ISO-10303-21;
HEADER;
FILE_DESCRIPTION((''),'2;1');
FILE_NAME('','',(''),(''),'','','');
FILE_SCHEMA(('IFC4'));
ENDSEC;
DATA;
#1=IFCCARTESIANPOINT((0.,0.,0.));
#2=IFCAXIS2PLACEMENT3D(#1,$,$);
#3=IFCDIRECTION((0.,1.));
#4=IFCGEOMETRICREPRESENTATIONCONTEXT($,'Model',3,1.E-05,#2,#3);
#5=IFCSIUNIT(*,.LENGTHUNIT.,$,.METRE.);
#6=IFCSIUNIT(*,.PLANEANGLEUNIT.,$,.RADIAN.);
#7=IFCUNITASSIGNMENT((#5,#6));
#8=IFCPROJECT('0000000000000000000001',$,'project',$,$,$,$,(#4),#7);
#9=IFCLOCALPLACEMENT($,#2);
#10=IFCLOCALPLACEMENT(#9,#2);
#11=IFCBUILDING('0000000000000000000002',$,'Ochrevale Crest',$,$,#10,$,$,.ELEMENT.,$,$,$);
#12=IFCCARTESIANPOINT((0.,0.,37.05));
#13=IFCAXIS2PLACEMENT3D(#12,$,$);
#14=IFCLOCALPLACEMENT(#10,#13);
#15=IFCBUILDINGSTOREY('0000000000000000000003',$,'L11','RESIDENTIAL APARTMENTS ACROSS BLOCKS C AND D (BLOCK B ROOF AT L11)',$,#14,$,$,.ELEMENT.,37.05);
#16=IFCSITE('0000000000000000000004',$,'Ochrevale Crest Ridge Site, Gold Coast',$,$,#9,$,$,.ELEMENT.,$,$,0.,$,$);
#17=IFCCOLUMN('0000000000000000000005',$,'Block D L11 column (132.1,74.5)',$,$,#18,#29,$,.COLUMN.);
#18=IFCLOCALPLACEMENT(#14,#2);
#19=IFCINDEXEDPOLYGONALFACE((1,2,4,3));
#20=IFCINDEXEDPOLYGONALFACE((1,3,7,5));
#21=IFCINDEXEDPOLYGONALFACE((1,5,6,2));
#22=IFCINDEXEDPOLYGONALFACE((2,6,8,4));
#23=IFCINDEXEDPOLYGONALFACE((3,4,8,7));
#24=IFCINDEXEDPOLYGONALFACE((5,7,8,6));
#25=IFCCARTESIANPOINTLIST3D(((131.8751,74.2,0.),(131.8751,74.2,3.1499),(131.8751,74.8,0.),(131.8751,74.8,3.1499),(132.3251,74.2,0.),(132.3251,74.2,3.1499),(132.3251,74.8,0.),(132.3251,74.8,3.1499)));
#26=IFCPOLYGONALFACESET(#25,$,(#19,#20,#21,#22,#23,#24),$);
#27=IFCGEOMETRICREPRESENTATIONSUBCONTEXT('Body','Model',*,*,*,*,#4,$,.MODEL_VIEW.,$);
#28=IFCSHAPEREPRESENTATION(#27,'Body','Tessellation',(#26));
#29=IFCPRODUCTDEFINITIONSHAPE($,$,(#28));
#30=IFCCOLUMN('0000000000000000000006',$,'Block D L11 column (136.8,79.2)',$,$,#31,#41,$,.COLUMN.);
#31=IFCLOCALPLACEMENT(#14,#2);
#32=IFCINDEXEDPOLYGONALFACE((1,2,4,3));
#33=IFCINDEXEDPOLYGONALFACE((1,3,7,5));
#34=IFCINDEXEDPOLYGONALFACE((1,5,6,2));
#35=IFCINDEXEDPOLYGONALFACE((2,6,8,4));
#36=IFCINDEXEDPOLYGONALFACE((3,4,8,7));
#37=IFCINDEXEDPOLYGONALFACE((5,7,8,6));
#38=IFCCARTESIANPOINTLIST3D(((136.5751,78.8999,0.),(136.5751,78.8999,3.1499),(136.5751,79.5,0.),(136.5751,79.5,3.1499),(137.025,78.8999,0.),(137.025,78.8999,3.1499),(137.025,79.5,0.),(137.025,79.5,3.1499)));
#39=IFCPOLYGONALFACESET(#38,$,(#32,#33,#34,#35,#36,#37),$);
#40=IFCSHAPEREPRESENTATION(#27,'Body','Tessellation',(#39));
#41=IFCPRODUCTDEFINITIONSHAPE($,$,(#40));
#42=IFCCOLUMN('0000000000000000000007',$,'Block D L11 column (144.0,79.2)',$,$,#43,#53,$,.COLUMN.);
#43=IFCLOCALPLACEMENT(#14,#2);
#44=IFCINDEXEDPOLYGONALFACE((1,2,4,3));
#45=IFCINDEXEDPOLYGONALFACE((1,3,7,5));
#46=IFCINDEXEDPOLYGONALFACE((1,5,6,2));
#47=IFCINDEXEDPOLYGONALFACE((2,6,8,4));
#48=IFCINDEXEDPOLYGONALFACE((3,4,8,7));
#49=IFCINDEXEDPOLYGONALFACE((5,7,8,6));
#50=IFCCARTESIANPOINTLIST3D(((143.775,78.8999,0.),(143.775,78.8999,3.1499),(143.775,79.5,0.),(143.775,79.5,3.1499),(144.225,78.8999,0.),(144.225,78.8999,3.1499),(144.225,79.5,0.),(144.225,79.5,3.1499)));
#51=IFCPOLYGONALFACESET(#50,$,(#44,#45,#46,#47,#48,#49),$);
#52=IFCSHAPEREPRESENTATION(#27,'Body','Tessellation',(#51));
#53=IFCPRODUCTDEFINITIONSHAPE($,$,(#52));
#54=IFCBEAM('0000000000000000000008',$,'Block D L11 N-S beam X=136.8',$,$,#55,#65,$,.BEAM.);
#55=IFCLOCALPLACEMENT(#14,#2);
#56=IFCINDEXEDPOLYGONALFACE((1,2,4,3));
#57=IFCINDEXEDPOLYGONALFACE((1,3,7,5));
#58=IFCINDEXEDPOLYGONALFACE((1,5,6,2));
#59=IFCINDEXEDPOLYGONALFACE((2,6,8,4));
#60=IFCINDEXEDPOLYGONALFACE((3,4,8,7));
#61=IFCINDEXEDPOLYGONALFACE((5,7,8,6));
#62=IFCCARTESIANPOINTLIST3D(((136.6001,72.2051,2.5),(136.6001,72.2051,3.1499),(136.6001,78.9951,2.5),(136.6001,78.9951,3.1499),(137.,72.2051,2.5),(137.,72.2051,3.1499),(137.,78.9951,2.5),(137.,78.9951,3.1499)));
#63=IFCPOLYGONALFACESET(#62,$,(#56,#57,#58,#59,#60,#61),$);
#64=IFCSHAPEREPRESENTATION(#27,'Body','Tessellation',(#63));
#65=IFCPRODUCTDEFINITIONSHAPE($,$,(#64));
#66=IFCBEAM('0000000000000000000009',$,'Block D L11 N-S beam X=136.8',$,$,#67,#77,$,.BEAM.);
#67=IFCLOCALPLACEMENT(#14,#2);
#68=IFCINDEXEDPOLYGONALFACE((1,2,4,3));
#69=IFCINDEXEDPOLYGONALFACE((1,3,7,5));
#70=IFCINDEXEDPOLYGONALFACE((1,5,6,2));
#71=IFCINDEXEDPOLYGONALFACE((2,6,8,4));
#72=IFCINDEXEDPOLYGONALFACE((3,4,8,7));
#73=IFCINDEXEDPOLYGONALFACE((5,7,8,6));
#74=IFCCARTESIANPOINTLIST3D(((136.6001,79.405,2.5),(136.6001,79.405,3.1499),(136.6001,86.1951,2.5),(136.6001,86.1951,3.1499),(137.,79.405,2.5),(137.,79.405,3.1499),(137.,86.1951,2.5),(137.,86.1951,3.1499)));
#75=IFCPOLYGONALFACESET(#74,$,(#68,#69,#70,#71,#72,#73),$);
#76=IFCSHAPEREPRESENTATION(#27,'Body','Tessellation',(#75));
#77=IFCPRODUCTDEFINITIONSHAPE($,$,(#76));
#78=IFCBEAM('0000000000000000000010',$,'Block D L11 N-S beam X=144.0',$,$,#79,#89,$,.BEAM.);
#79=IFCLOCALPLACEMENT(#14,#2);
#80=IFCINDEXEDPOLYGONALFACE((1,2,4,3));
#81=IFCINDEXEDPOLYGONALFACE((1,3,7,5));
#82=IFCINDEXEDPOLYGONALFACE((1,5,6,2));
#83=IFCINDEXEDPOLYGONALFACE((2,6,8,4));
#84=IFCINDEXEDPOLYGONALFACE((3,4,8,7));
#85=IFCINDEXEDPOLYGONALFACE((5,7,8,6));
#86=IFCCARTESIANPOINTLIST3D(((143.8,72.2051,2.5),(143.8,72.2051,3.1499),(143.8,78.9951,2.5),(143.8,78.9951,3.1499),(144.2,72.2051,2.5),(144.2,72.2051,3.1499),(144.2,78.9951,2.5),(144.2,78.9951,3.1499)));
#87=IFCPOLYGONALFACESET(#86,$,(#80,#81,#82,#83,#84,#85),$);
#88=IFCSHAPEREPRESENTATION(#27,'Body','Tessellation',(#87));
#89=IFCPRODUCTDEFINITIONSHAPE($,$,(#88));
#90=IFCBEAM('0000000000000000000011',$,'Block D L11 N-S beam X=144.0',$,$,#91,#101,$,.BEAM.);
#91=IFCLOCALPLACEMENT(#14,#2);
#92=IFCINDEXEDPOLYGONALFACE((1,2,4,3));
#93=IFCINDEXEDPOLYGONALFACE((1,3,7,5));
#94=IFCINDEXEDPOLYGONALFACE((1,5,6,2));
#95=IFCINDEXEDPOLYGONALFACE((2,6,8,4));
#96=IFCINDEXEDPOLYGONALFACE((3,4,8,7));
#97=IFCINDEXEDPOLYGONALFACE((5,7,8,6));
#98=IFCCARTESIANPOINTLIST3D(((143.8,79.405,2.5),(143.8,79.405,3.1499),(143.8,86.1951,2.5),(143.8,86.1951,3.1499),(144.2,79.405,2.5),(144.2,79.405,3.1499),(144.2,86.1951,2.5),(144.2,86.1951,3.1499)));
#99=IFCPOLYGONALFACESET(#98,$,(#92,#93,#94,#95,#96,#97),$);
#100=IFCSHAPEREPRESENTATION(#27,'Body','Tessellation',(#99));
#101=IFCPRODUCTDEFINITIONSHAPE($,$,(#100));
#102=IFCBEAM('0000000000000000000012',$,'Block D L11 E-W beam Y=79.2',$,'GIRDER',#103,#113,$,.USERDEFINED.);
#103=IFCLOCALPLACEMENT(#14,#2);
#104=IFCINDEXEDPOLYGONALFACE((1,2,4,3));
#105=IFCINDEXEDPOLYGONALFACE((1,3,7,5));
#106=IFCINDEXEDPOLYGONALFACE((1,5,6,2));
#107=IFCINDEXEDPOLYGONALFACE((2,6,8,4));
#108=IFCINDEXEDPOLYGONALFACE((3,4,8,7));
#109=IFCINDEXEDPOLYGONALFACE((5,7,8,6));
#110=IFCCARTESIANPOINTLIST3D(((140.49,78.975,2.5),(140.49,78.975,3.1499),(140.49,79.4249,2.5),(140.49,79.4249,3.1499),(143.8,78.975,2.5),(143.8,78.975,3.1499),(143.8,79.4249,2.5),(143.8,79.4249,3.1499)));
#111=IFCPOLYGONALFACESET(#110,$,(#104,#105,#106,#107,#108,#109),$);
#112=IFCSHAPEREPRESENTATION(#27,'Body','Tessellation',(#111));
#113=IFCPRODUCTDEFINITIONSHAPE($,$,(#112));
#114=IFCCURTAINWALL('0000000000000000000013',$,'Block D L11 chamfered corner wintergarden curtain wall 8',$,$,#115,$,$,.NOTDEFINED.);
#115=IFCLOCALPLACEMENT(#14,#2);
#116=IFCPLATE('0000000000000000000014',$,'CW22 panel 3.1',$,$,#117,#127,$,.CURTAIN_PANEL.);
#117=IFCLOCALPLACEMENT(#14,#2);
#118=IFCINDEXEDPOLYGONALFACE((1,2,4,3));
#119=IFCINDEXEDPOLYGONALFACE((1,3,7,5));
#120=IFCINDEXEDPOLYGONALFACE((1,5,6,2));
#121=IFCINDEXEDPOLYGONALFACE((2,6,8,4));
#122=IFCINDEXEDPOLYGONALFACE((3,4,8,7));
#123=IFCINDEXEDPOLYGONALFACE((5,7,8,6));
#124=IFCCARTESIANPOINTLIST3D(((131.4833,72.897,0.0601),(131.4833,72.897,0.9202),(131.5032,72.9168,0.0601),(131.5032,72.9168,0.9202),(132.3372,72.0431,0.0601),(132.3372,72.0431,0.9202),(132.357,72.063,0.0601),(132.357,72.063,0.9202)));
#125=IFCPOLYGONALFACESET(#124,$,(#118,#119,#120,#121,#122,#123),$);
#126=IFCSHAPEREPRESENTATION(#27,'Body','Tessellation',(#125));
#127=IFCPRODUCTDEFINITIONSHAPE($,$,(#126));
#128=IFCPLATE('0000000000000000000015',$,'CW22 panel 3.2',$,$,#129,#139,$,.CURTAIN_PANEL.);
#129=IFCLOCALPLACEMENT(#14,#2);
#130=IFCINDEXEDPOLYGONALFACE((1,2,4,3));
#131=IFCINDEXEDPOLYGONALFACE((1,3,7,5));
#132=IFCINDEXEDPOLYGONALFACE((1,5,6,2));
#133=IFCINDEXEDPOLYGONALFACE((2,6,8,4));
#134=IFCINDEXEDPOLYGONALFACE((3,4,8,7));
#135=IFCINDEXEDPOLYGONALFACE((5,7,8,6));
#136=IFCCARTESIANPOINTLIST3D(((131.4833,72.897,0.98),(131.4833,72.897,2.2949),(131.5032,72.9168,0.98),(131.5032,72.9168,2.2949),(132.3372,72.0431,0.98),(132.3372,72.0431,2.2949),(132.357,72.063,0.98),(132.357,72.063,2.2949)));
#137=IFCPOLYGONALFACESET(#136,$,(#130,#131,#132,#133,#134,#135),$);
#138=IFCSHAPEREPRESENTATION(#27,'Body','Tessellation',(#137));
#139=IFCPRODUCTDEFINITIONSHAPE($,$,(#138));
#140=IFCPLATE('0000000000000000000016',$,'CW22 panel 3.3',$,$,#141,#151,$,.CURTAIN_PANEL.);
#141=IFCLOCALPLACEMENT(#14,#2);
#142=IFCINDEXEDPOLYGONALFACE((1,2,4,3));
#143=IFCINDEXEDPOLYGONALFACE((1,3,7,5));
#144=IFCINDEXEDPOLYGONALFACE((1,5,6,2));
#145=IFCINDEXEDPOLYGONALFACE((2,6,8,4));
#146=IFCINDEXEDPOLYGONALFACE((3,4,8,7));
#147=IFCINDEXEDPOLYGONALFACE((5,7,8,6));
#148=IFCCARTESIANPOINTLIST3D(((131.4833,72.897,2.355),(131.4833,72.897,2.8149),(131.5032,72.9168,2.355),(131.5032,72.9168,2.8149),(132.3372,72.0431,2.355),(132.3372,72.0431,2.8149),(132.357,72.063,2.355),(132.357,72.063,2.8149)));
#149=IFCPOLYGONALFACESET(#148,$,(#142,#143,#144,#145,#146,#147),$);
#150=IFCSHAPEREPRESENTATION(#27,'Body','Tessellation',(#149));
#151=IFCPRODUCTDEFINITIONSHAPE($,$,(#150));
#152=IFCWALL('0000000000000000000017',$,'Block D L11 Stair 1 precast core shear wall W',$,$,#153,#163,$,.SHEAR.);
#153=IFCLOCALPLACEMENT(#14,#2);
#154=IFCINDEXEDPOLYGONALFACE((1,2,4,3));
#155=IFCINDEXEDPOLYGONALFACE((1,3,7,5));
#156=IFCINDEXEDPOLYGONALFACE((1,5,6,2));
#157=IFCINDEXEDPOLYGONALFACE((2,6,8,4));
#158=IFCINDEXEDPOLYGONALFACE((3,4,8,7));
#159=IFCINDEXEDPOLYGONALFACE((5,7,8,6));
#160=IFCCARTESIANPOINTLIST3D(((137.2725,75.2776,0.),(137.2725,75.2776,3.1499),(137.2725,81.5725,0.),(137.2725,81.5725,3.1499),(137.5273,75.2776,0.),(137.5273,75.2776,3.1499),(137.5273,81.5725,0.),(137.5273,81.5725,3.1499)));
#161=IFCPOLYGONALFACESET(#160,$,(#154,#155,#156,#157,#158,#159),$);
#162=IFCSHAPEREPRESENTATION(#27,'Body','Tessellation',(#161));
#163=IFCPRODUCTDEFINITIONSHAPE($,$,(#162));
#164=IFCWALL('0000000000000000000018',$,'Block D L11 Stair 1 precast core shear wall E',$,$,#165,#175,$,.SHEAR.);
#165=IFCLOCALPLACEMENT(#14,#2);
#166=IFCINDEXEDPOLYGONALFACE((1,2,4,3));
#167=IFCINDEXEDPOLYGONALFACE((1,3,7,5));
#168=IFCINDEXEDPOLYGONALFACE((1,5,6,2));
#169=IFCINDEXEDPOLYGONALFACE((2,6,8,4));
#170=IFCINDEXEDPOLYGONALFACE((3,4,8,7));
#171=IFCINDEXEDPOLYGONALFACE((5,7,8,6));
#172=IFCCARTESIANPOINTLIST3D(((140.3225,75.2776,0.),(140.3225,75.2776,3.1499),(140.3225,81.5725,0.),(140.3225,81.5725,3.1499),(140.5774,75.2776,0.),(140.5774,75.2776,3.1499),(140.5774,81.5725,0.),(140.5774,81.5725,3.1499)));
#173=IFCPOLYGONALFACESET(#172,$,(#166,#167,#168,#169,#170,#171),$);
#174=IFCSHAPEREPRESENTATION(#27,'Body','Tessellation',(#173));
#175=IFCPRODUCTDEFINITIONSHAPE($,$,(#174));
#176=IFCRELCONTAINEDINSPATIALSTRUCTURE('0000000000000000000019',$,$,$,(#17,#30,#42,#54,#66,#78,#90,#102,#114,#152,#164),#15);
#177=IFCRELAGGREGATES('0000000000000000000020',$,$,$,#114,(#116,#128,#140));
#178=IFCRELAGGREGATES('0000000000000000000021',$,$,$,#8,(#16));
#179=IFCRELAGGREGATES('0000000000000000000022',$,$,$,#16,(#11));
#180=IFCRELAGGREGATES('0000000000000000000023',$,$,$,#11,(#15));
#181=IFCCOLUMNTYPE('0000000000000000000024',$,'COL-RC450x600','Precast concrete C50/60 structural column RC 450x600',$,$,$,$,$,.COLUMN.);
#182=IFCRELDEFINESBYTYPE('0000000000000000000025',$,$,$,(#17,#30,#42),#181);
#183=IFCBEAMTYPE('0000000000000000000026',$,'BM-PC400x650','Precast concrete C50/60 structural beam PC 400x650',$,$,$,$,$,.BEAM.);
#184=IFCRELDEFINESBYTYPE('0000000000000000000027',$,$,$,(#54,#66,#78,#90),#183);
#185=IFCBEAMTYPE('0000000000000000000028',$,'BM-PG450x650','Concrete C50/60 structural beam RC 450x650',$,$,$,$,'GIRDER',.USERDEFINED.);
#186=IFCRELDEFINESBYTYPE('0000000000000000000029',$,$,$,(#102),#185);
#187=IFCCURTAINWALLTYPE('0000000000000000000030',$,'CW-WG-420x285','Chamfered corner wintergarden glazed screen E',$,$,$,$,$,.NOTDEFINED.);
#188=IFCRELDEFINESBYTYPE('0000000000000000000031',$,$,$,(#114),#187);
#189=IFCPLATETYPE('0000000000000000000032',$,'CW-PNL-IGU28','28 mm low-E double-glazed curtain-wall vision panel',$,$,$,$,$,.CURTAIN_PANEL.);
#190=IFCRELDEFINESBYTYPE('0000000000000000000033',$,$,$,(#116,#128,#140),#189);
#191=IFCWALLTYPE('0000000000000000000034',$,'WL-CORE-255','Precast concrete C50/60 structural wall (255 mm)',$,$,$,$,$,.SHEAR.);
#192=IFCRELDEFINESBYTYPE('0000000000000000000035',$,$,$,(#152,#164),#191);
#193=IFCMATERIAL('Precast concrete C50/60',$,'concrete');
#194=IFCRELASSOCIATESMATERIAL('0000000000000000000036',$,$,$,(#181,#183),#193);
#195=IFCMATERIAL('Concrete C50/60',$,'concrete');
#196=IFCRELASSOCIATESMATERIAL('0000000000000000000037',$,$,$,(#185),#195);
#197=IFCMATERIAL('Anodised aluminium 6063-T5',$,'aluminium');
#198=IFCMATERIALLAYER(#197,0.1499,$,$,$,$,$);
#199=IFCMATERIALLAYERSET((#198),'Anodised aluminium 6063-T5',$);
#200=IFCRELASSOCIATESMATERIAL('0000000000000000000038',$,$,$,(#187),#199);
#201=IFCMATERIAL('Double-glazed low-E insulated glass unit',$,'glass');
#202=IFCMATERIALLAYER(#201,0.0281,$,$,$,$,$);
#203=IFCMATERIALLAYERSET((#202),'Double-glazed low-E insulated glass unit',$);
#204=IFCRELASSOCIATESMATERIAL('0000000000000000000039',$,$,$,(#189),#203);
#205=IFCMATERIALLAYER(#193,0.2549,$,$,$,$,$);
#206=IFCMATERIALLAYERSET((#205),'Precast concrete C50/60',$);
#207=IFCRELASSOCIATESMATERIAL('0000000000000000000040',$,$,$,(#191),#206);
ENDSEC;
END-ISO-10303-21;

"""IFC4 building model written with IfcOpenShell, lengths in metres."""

from ifc_helpers import new_model, si_unit, direction, frame, frame_2d, origin, origin_2d, place, context, subcontext, project, spatial, rectangle, extrude, material, layer, layer_set, material_profile, profile_set, type_object, element, aggregate, save


model = new_model("IFC4")

# Units and contexts
model_context = context("Model", 3, precision=1e-05, world=origin(), true_north=direction((0.0, 1.0)))
body_context = subcontext(model_context, "Body", "Model", "MODEL_VIEW")
ifc_project = project(units=[si_unit("LENGTHUNIT", "METRE"), si_unit("PLANEANGLEUNIT", "RADIAN")], contexts=[model_context])

# Site, building, storey
site_placement = place(None, origin())
site = spatial("IfcSite", under=ifc_project, at=site_placement, Name="Ochrevale Crest Ridge Site, Gold Coast", CompositionType="ELEMENT", RefElevation=0.0)
building_placement = place(site_placement, origin())
building = spatial("IfcBuilding", under=site, at=building_placement, Name="Ochrevale Crest", CompositionType="ELEMENT")
storey_placement = place(building_placement, frame((0.0, 0.0, 37.05)))
storey = spatial("IfcBuildingStorey", under=building, at=storey_placement, Name="L11", Description="RESIDENTIAL APARTMENTS ACROSS BLOCKS C AND D (BLOCK B ROOF AT L11)", CompositionType="ELEMENT", Elevation=37.05)

# Columns
ifc_material_1 = material(Name="Precast concrete C50/60", Category="concrete")
ifc_material_profile_1 = material_profile(ifc_material_1, rectangle(XDim=0.45, YDim=0.6001, at=origin_2d()), Name="RC 450x600")
ifc_profile_set_1 = profile_set([ifc_material_profile_1], Name="Precast concrete C50/60")
column_type = type_object("IfcColumnType", Name="COL-RC450x600", Description="Precast concrete C50/60 structural column RC 450x600", PredefinedType="COLUMN", material=ifc_profile_set_1)
for number, where, z_axis, x_axis, name in (
    (1, (132.1001, 74.5, 0.0), (0.0, 0.0, 1.0), (1.0, 0.0, 0.0), "Block D L11 column (132.1,74.5)"),
    (2, (136.8, 79.2, 0.0), (0.0, 0.0, 1.0), (1.0, 0.0, 0.0), "Block D L11 column (136.8,79.2)"),
    (3, (144.0, 79.2, 0.0), (0.0, 0.0, 1.0), (1.0, 0.0, 0.0), "Block D L11 column (144.0,79.2)"),
):
    element("IfcColumn", number, at=place(storey_placement, frame(where, z_axis=z_axis, x_axis=x_axis)), inside=storey, type_object=column_type, Name=name, PredefinedType="COLUMN", context=body_context, shape_type="SweptSolid", body=[
        extrude(rectangle(XDim=0.45, YDim=0.6001, at=origin_2d()), origin(), (0.0, 0.0, 1.0), 3.1499),
    ])

# Beams
ifc_material_profile_2 = material_profile(ifc_material_1, rectangle(XDim=0.3999, YDim=0.6499, at=origin_2d()), Name="PC 400x650")
ifc_profile_set_2 = profile_set([ifc_material_profile_2], Name="Precast concrete C50/60")
beam_type_1 = type_object("IfcBeamType", Name="BM-PC400x650", Description="Precast concrete C50/60 structural beam PC 400x650", PredefinedType="BEAM", material=ifc_profile_set_2)
for number, where, z_axis, x_axis, name in (
    (4, (136.8, 72.2051, 2.825), (0.0, 1.0, 0.0), (-1.0, 0.0, 0.0), "Block D L11 N-S beam X=136.8"),
    (5, (136.8, 79.405, 2.825), (0.0, 1.0, 0.0), (-1.0, 0.0, 0.0), "Block D L11 N-S beam X=136.8"),
    (6, (144.0, 72.2051, 2.825), (0.0, 1.0, 0.0), (-1.0, 0.0, 0.0), "Block D L11 N-S beam X=144.0"),
    (7, (144.0, 79.405, 2.825), (0.0, 1.0, 0.0), (-1.0, 0.0, 0.0), "Block D L11 N-S beam X=144.0"),
):
    element("IfcBeam", number, at=place(storey_placement, frame(where, z_axis=z_axis, x_axis=x_axis)), inside=storey, type_object=beam_type_1, Name=name, PredefinedType="BEAM", context=body_context, shape_type="SweptSolid", body=[
        extrude(rectangle(XDim=0.3999, YDim=0.6499, at=origin_2d()), origin(), (0.0, 0.0, 1.0), 6.79),
    ])
ifc_material_2 = material(Name="Concrete C50/60", Category="concrete")
ifc_material_profile_3 = material_profile(ifc_material_2, rectangle(XDim=0.45, YDim=0.6499, at=origin_2d()), Name="RC 450x650")
ifc_profile_set_3 = profile_set([ifc_material_profile_3], Name="Concrete C50/60")
beam_type_2 = type_object("IfcBeamType", Name="BM-PG450x650", Description="Concrete C50/60 structural beam RC 450x650", ElementType="GIRDER", PredefinedType="USERDEFINED", material=ifc_profile_set_3)
beam_placement = place(storey_placement, frame((140.49, 79.2, 2.825), z_axis=(1.0, 0.0, 0.0), x_axis=(0.0, 1.0, 0.0)))
element("IfcBeam", 8, at=beam_placement, inside=storey, type_object=beam_type_2, Name="Block D L11 E-W beam Y=79.2", ObjectType="GIRDER", PredefinedType="USERDEFINED", context=body_context, shape_type="SweptSolid", body=[
    extrude(rectangle(XDim=0.45, YDim=0.6499, at=origin_2d()), origin(), (0.0, 0.0, 1.0), 3.3101),
])

# Curtain wall, plates
ifc_material_3 = material(Name="Anodised aluminium 6063-T5", Category="aluminium")
ifc_layer_1 = layer(ifc_material_3, 0.1499)
ifc_layer_set_1 = layer_set([ifc_layer_1], Name="Anodised aluminium 6063-T5")
curtain_wall_type = type_object("IfcCurtainWallType", Name="CW-WG-420x285", Description="Chamfered corner wintergarden glazed screen E", PredefinedType="NOTDEFINED", material=ifc_layer_set_1)
curtain_wall_placement = place(storey_placement, origin())
curtain_wall = element("IfcCurtainWall", 9, at=curtain_wall_placement, inside=storey, type_object=curtain_wall_type, Name="Block D L11 chamfered corner wintergarden curtain wall 8", PredefinedType="NOTDEFINED")
ifc_material_4 = material(Name="Double-glazed low-E insulated glass unit", Category="glass")
ifc_layer_2 = layer(ifc_material_4, 0.0281)
ifc_layer_set_2 = layer_set([ifc_layer_2], Name="Double-glazed low-E insulated glass unit")
plate_type = type_object("IfcPlateType", Name="CW-PNL-IGU28", Description="28 mm low-E double-glazed curtain-wall vision panel", PredefinedType="CURTAIN_PANEL", material=ifc_layer_set_2)
plate_1_placement = place(storey_placement, frame((131.9202, 72.48, 0.0601), z_axis=(0.0, 0.0, 1.0), x_axis=(0.707107, -0.707107, 0.0)))
plate_1 = element("IfcPlate", 10, at=plate_1_placement, type_object=plate_type, Name="CW22 panel 3.1", PredefinedType="CURTAIN_PANEL", context=body_context, shape_type="SweptSolid", body=[
    extrude(rectangle(XDim=1.2075, YDim=0.0281, at=origin_2d()), origin(), (0.0, 0.0, 1.0), 0.8601),
])
plate_2_placement = place(storey_placement, frame((131.9202, 72.48, 0.98), z_axis=(0.0, 0.0, 1.0), x_axis=(0.707107, -0.707107, 0.0)))
plate_2 = element("IfcPlate", 11, at=plate_2_placement, type_object=plate_type, Name="CW22 panel 3.2", PredefinedType="CURTAIN_PANEL", context=body_context, shape_type="SweptSolid", body=[
    extrude(rectangle(XDim=1.2075, YDim=0.0281, at=origin_2d()), origin(), (0.0, 0.0, 1.0), 1.3149),
])
plate_3_placement = place(storey_placement, frame((131.9202, 72.48, 2.355), z_axis=(0.0, 0.0, 1.0), x_axis=(0.707107, -0.707107, 0.0)))
plate_3 = element("IfcPlate", 12, at=plate_3_placement, type_object=plate_type, Name="CW22 panel 3.3", PredefinedType="CURTAIN_PANEL", context=body_context, shape_type="SweptSolid", body=[
    extrude(rectangle(XDim=1.2075, YDim=0.0281, at=origin_2d()), origin(), (0.0, 0.0, 1.0), 0.46),
])
aggregate(curtain_wall, [plate_1, plate_2, plate_3])

# Walls
ifc_layer_3 = layer(ifc_material_1, 0.2549)
ifc_layer_set_3 = layer_set([ifc_layer_3], Name="Precast concrete C50/60")
wall_type_1 = type_object("IfcWallType", Name="WL-CORE-255", Description="Precast concrete C50/60 structural wall (255 mm)", PredefinedType="SHEAR", material=ifc_layer_set_3)
for number, where, z_axis, x_axis, name in (
    (13, (137.3999, 75.2776, 0.0), (0.0, 0.0, 1.0), (0.0, 1.0, 0.0), "Block D L11 Stair 1 precast core shear wall W"),
    (14, (140.45, 75.2776, 0.0), (0.0, 0.0, 1.0), (0.0, 1.0, 0.0), "Block D L11 Stair 1 precast core shear wall E"),
):
    element("IfcWall", number, at=place(storey_placement, frame(where, z_axis=z_axis, x_axis=x_axis)), inside=storey, type_object=wall_type_1, Name=name, PredefinedType="SHEAR", context=body_context, shape_type="SweptSolid", body=[
        extrude(rectangle(XDim=6.2949, YDim=0.2549, at=frame_2d((3.1475, 0.0))), origin(), (0.0, 0.0, 1.0), 3.1499),
    ])

save(model, "model.ifc")
